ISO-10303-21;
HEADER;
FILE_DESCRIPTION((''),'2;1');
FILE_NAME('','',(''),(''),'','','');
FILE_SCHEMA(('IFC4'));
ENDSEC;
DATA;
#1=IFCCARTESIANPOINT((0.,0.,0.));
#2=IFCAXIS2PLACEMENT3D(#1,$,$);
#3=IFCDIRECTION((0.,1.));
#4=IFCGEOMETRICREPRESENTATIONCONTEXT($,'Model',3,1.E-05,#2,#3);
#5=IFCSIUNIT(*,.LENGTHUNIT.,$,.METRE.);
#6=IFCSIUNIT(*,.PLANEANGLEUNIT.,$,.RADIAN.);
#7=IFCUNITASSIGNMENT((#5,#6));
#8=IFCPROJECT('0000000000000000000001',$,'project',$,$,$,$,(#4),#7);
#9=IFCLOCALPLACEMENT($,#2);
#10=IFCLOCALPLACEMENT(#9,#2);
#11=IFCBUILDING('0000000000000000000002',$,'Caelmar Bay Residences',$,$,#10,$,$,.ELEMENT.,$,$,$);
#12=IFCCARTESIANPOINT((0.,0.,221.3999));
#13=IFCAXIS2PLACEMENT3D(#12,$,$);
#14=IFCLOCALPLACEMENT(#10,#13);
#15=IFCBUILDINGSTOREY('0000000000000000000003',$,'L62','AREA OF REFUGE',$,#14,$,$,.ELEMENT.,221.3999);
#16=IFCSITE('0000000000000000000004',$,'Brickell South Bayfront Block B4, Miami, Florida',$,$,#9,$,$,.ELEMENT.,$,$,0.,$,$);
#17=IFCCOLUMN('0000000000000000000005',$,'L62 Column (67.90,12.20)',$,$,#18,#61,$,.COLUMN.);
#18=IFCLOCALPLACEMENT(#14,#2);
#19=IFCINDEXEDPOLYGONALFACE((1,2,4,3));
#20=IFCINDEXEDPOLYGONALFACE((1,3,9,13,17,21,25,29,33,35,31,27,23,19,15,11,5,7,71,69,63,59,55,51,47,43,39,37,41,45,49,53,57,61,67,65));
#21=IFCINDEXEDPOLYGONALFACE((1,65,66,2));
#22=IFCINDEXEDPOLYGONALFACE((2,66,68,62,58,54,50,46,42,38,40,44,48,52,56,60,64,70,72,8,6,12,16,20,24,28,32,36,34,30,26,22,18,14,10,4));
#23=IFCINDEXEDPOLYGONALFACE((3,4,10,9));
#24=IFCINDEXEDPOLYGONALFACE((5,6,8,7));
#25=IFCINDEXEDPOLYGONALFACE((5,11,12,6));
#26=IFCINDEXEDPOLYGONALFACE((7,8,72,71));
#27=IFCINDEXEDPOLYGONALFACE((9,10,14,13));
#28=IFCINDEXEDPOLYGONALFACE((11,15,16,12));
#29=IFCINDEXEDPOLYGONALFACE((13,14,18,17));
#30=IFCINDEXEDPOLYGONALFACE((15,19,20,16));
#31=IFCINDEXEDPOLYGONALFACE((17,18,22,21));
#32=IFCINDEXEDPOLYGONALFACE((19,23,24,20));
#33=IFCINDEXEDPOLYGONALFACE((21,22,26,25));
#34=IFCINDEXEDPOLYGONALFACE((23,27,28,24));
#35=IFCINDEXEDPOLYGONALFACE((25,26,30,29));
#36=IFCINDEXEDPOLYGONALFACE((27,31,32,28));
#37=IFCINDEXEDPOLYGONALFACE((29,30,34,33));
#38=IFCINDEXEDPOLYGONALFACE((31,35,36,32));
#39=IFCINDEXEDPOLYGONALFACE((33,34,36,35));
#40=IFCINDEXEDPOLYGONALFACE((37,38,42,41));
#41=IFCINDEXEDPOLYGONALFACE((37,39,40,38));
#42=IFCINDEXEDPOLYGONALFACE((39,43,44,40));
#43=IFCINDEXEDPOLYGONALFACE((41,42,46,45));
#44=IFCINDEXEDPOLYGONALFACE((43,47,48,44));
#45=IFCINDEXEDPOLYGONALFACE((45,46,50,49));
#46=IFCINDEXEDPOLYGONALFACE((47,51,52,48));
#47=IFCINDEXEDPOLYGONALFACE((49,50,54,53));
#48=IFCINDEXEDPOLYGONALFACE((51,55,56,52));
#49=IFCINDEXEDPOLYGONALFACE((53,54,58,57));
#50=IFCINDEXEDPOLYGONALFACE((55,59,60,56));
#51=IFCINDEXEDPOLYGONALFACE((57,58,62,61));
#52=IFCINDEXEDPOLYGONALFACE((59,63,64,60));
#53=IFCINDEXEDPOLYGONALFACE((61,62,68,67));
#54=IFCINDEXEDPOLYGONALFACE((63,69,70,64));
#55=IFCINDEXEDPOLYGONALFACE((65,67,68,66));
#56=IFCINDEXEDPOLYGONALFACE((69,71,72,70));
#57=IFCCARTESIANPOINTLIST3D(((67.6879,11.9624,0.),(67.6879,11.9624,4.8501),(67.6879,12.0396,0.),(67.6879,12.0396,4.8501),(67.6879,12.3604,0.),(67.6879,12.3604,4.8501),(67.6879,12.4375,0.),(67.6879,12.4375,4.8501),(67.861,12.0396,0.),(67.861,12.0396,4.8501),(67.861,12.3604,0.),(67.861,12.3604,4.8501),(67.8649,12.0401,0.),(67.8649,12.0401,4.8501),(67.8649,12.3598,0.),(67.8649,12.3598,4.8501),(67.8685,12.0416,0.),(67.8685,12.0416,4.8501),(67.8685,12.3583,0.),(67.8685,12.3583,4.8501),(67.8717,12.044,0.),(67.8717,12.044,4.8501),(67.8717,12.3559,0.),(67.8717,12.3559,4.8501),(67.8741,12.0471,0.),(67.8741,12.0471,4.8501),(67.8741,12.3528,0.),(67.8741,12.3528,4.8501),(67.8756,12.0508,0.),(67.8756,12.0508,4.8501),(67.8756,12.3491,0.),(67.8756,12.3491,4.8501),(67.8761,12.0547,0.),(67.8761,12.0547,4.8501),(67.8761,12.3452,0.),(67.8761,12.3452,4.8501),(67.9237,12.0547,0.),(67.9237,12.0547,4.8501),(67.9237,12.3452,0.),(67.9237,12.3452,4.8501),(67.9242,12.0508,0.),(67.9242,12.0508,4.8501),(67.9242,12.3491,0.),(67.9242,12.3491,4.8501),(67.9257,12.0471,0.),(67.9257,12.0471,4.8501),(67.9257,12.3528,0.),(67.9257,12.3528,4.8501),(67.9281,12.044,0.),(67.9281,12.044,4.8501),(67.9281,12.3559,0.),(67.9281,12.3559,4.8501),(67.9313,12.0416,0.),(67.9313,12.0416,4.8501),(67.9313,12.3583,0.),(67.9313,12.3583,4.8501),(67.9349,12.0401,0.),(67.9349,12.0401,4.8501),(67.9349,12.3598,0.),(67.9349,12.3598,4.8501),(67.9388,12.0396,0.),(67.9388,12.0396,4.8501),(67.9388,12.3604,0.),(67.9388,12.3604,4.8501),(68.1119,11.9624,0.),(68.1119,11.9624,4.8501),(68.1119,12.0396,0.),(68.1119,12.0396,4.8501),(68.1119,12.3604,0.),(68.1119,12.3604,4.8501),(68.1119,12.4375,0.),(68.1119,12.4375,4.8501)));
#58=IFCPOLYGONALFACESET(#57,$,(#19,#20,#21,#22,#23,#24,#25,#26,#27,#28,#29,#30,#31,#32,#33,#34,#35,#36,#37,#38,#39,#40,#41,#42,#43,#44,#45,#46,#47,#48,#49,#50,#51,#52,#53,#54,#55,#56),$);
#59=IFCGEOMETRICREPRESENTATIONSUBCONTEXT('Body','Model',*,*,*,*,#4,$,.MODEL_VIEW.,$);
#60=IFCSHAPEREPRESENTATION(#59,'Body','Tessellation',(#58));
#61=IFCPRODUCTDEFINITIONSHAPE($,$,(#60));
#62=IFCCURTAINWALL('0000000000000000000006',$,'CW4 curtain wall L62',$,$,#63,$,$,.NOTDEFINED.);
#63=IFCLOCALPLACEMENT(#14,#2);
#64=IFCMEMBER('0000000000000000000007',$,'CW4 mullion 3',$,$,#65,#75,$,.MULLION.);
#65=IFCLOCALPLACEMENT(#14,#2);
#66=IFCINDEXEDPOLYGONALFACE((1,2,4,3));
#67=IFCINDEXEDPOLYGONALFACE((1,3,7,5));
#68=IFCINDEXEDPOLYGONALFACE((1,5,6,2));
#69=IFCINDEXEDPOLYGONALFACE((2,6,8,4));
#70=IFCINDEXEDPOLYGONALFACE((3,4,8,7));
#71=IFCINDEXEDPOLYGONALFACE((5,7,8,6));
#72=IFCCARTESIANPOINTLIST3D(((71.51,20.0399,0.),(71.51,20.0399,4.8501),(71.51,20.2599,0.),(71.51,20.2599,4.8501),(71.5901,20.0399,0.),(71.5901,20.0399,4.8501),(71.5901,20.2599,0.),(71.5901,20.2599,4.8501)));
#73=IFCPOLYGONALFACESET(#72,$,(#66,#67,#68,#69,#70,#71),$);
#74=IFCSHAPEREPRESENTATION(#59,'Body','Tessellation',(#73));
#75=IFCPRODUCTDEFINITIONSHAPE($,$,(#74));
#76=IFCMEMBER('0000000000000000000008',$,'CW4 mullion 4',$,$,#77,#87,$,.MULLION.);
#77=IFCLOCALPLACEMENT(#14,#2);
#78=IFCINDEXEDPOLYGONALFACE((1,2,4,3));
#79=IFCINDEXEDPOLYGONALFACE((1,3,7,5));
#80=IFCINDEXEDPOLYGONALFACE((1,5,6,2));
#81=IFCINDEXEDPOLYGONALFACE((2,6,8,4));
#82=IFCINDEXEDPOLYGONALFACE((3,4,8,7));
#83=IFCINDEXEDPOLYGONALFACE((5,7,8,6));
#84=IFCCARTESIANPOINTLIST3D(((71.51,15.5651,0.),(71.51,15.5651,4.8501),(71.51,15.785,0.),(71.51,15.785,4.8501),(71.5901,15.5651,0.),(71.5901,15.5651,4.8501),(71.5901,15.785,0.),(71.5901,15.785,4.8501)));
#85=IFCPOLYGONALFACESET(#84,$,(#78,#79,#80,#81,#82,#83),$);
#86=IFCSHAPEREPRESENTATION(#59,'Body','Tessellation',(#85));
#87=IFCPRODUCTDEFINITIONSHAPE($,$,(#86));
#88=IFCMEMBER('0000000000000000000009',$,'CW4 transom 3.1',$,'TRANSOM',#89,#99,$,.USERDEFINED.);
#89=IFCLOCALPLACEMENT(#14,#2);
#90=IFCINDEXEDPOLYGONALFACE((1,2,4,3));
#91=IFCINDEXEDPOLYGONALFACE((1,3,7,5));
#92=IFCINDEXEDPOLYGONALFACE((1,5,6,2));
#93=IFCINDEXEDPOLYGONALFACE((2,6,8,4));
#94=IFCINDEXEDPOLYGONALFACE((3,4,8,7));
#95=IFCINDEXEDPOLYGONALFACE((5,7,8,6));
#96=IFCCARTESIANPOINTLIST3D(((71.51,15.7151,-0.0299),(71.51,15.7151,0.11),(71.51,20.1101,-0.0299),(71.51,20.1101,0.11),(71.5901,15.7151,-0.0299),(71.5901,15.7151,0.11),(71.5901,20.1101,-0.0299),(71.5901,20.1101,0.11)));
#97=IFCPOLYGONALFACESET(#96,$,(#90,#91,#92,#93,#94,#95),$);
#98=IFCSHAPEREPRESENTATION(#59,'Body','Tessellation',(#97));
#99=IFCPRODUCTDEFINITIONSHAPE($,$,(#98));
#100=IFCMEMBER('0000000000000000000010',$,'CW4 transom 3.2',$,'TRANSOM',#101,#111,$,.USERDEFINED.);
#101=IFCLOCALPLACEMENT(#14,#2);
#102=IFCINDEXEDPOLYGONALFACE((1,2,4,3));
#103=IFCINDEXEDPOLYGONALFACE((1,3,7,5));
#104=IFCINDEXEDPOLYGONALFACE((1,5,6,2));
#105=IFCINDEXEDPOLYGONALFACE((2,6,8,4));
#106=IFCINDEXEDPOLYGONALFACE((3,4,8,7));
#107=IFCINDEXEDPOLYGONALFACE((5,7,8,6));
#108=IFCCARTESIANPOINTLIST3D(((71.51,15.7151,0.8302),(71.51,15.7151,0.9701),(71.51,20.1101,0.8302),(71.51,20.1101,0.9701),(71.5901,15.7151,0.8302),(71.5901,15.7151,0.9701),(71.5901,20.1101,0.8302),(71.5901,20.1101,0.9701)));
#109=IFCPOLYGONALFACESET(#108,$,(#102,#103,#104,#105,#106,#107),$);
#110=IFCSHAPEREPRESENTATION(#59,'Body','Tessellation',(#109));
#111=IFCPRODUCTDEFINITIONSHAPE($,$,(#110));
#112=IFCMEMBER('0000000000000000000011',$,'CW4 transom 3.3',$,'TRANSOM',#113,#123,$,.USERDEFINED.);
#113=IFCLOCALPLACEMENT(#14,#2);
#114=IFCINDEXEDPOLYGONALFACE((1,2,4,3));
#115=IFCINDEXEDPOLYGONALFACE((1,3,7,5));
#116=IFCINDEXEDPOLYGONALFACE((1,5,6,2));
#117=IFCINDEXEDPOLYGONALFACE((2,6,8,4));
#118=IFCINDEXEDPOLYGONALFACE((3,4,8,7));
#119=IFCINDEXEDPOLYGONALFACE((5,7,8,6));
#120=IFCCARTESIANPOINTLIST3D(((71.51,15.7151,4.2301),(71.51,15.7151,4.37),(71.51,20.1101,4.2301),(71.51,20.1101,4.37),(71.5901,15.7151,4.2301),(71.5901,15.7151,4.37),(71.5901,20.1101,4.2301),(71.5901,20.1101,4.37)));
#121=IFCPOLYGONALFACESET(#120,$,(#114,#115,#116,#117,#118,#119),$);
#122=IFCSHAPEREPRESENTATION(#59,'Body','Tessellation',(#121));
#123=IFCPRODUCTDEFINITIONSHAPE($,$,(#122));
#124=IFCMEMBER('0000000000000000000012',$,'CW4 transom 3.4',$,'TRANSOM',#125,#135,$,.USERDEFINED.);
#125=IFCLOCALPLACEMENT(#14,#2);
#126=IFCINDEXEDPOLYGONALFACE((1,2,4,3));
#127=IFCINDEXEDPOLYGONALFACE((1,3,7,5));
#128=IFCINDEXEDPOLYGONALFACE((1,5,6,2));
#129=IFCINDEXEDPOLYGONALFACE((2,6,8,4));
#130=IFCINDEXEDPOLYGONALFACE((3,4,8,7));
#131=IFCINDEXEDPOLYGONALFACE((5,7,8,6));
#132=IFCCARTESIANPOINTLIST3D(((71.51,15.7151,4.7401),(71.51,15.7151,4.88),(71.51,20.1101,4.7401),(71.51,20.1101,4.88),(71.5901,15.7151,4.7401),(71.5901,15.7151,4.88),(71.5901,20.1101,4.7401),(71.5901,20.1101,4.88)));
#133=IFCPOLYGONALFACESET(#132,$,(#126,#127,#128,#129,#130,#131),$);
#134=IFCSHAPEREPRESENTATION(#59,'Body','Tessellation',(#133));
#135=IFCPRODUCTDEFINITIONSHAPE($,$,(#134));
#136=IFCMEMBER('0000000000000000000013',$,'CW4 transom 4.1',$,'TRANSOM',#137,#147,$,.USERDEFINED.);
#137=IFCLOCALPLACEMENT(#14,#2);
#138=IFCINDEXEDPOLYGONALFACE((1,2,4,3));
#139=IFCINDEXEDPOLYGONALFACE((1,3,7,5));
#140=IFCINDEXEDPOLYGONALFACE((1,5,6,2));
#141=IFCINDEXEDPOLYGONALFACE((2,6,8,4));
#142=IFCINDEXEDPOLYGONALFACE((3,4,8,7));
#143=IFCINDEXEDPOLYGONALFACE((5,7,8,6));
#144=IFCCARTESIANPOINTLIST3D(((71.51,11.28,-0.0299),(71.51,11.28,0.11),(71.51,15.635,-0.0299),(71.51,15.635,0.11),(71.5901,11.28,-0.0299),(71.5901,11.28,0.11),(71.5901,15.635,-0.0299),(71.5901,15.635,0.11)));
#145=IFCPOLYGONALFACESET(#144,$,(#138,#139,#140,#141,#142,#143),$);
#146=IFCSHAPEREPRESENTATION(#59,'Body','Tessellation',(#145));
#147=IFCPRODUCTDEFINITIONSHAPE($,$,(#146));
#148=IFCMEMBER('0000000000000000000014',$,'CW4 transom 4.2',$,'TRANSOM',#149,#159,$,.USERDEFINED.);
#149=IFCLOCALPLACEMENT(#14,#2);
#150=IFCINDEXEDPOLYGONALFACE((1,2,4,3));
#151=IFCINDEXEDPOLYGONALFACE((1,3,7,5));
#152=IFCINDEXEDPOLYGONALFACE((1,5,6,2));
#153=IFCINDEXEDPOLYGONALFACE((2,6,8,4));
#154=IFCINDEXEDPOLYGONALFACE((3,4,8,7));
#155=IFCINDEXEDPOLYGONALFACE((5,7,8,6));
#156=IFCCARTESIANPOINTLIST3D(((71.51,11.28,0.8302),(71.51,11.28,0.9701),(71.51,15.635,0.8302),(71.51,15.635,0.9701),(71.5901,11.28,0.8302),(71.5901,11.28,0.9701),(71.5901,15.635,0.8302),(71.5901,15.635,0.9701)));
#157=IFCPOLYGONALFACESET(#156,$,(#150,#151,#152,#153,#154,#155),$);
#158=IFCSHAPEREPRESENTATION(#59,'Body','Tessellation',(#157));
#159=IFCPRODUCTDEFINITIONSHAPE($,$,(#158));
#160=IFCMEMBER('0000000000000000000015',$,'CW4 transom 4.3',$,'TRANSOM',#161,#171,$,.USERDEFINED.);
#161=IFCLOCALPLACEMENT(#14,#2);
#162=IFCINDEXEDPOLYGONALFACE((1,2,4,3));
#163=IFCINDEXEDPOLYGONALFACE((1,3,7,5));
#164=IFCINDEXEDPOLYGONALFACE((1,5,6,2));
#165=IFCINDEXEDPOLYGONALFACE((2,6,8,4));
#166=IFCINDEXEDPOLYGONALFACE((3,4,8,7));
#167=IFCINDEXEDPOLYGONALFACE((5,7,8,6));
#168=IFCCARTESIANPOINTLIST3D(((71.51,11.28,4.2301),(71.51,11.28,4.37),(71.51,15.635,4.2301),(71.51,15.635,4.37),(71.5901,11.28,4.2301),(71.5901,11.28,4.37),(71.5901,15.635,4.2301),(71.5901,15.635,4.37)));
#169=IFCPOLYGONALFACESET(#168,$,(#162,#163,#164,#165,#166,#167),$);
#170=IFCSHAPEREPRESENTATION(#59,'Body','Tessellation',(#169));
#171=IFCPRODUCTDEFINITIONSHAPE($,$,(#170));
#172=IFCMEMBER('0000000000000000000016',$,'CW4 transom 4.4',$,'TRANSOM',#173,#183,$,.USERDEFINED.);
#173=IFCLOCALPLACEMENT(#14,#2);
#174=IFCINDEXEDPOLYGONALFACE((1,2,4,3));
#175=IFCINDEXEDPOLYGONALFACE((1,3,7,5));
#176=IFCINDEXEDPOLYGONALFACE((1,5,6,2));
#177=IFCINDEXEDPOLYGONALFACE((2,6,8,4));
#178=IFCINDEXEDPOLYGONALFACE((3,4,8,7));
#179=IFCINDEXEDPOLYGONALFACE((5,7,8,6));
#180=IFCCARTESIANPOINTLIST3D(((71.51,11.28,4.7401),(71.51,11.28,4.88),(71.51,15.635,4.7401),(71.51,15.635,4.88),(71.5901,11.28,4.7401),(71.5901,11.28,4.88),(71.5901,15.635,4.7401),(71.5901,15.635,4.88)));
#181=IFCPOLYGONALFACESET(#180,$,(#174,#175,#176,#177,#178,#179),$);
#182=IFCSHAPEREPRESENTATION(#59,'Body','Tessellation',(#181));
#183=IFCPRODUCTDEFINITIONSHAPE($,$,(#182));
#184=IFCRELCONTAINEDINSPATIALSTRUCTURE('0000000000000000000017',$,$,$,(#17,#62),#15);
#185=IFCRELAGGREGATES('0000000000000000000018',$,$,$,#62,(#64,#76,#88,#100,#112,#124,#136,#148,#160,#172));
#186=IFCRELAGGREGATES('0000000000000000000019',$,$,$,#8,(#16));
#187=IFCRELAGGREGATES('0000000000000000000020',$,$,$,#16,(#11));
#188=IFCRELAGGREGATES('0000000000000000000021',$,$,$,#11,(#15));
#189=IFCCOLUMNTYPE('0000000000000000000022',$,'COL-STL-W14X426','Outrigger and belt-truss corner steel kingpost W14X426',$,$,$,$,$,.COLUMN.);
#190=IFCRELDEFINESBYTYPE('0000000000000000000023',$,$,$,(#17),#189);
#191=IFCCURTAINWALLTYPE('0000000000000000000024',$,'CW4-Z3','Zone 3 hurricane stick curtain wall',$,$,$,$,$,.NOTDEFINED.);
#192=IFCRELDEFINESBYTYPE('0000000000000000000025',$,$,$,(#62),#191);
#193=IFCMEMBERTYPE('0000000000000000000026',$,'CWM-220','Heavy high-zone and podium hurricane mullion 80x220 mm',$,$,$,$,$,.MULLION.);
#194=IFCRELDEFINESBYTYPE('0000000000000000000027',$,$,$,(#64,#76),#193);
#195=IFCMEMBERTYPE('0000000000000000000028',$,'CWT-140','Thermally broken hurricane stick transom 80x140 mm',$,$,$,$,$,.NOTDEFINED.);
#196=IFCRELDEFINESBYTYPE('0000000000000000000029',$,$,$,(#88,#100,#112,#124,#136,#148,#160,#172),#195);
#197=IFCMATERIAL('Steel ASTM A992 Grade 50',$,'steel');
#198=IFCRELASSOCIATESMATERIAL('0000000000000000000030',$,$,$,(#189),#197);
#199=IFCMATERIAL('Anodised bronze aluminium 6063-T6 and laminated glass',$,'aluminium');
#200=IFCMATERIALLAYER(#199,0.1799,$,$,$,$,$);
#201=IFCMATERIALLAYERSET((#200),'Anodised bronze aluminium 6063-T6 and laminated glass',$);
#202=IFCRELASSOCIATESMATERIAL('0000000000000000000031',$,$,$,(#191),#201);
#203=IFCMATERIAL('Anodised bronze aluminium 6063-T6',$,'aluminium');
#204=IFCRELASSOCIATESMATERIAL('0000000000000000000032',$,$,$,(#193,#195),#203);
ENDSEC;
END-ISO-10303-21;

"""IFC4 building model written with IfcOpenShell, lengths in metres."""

from ifc_helpers import new_model, si_unit, direction, frame, origin, origin_2d, place, context, subcontext, project, spatial, rectangle, i_section, extrude, material, layer, layer_set, material_profile, profile_set, type_object, element, aggregate, save


model = new_model("IFC4")

# Units and contexts
model_context = context("Model", 3, precision=1e-05, world=origin(), true_north=direction((0.0, 1.0)))
body_context = subcontext(model_context, "Body", "Model", "MODEL_VIEW")
ifc_project = project(units=[si_unit("LENGTHUNIT", "METRE"), si_unit("PLANEANGLEUNIT", "RADIAN")], contexts=[model_context])

# Site, building, storey
site_placement = place(None, origin())
site = spatial("IfcSite", under=ifc_project, at=site_placement, Name="Brickell South Bayfront Block B4, Miami, Florida", CompositionType="ELEMENT", RefElevation=0.0)
building_placement = place(site_placement, origin())
building = spatial("IfcBuilding", under=site, at=building_placement, Name="Caelmar Bay Residences", CompositionType="ELEMENT")
storey_placement = place(building_placement, frame((0.0, 0.0, 221.3999)))
storey = spatial("IfcBuildingStorey", under=building, at=storey_placement, Name="L62", Description="AREA OF REFUGE", CompositionType="ELEMENT", Elevation=221.3999)

# Column
ifc_material_1 = material(Name="Steel ASTM A992 Grade 50", Category="steel")
ifc_material_profile_1 = material_profile(ifc_material_1, i_section(OverallWidth=0.4241, OverallDepth=0.4751, WebThickness=0.0476, FlangeThickness=0.0771, FilletRadius=0.0151, at=origin_2d()), Name="W14X426")
ifc_profile_set_1 = profile_set([ifc_material_profile_1], Name="Steel ASTM A992 Grade 50")
column_type = type_object("IfcColumnType", Name="COL-STL-W14X426", Description="Outrigger and belt-truss corner steel kingpost W14X426", PredefinedType="COLUMN", material=ifc_profile_set_1)
column_placement = place(storey_placement, frame((67.8999, 12.2, 0.0), z_axis=(0.0, 0.0, 1.0), x_axis=(1.0, 0.0, 0.0)))
element("IfcColumn", 1, at=column_placement, inside=storey, type_object=column_type, Name="L62 Column (67.90,12.20)", PredefinedType="COLUMN", context=body_context, shape_type="SweptSolid", body=[
    extrude(i_section(OverallWidth=0.4241, OverallDepth=0.4751, WebThickness=0.0476, FlangeThickness=0.0771, FilletRadius=0.0151, at=origin_2d()), origin(), (0.0, 0.0, 1.0), 4.8501),
])

# Curtain wall, members
ifc_material_2 = material(Name="Anodised bronze aluminium 6063-T6 and laminated glass", Category="aluminium")
ifc_layer_1 = layer(ifc_material_2, 0.1799)
ifc_layer_set_1 = layer_set([ifc_layer_1], Name="Anodised bronze aluminium 6063-T6 and laminated glass")
curtain_wall_type = type_object("IfcCurtainWallType", Name="CW4-Z3", Description="Zone 3 hurricane stick curtain wall", PredefinedType="NOTDEFINED", material=ifc_layer_set_1)
curtain_wall_placement = place(storey_placement, origin())
curtain_wall = element("IfcCurtainWall", 2, at=curtain_wall_placement, inside=storey, type_object=curtain_wall_type, Name="CW4 curtain wall L62", PredefinedType="NOTDEFINED")
ifc_material_3 = material(Name="Anodised bronze aluminium 6063-T6", Category="aluminium")
ifc_material_profile_2 = material_profile(ifc_material_3, rectangle(XDim=0.0801, YDim=0.22, at=origin_2d()), Name="CWM-80X220")
ifc_profile_set_2 = profile_set([ifc_material_profile_2], Name="Anodised bronze aluminium 6063-T6")
member_type_1 = type_object("IfcMemberType", Name="CWM-220", Description="Heavy high-zone and podium hurricane mullion 80x220 mm", PredefinedType="MULLION", material=ifc_profile_set_2)
member_1_placement = place(storey_placement, frame((71.55, 20.1499, 0.0), z_axis=(0.0, 0.0, 1.0), x_axis=(1.0, 0.0, 0.0)))
member_1 = element("IfcMember", 3, at=member_1_placement, type_object=member_type_1, Name="CW4 mullion 3", PredefinedType="MULLION", context=body_context, shape_type="SweptSolid", body=[
    extrude(rectangle(XDim=0.0801, YDim=0.22, at=origin_2d()), origin(), (0.0, 0.0, 1.0), 4.8501),
])
member_2_placement = place(storey_placement, frame((71.55, 15.675, 0.0), z_axis=(0.0, 0.0, 1.0), x_axis=(1.0, 0.0, 0.0)))
member_2 = element("IfcMember", 4, at=member_2_placement, type_object=member_type_1, Name="CW4 mullion 4", PredefinedType="MULLION", context=body_context, shape_type="SweptSolid", body=[
    extrude(rectangle(XDim=0.0801, YDim=0.22, at=origin_2d()), origin(), (0.0, 0.0, 1.0), 4.8501),
])
ifc_material_profile_3 = material_profile(ifc_material_3, rectangle(XDim=0.0801, YDim=0.1399, at=origin_2d()), Name="CWT-80X140")
ifc_profile_set_3 = profile_set([ifc_material_profile_3], Name="Anodised bronze aluminium 6063-T6")
member_type_2 = type_object("IfcMemberType", Name="CWT-140", Description="Thermally broken hurricane stick transom 80x140 mm", PredefinedType="NOTDEFINED", material=ifc_profile_set_3)
member_3_placement = place(storey_placement, frame((71.55, 20.1101, 0.04), z_axis=(0.0, -1.0, 0.0), x_axis=(1.0, 0.0, 0.0)))
member_3 = element("IfcMember", 5, at=member_3_placement, type_object=member_type_2, Name="CW4 transom 3.1", ObjectType="TRANSOM", PredefinedType="USERDEFINED", context=body_context, shape_type="SweptSolid", body=[
    extrude(rectangle(XDim=0.0801, YDim=0.1399, at=origin_2d()), origin(), (0.0, 0.0, 1.0), 4.395),
])
member_4_placement = place(storey_placement, frame((71.55, 20.1101, 0.9001), z_axis=(0.0, -1.0, 0.0), x_axis=(1.0, 0.0, 0.0)))
member_4 = element("IfcMember", 6, at=member_4_placement, type_object=member_type_2, Name="CW4 transom 3.2", ObjectType="TRANSOM", PredefinedType="USERDEFINED", context=body_context, shape_type="SweptSolid", body=[
    extrude(rectangle(XDim=0.0801, YDim=0.1399, at=origin_2d()), origin(), (0.0, 0.0, 1.0), 4.395),
])
member_5_placement = place(storey_placement, frame((71.55, 20.1101, 4.3), z_axis=(0.0, -1.0, 0.0), x_axis=(1.0, 0.0, 0.0)))
member_5 = element("IfcMember", 7, at=member_5_placement, type_object=member_type_2, Name="CW4 transom 3.3", ObjectType="TRANSOM", PredefinedType="USERDEFINED", context=body_context, shape_type="SweptSolid", body=[
    extrude(rectangle(XDim=0.0801, YDim=0.1399, at=origin_2d()), origin(), (0.0, 0.0, 1.0), 4.395),
])
member_6_placement = place(storey_placement, frame((71.55, 20.1101, 4.8101), z_axis=(0.0, -1.0, 0.0), x_axis=(1.0, 0.0, 0.0)))
member_6 = element("IfcMember", 8, at=member_6_placement, type_object=member_type_2, Name="CW4 transom 3.4", ObjectType="TRANSOM", PredefinedType="USERDEFINED", context=body_context, shape_type="SweptSolid", body=[
    extrude(rectangle(XDim=0.0801, YDim=0.1399, at=origin_2d()), origin(), (0.0, 0.0, 1.0), 4.395),
])
member_7_placement = place(storey_placement, frame((71.55, 15.635, 0.04), z_axis=(0.0, -1.0, 0.0), x_axis=(1.0, 0.0, 0.0)))
member_7 = element("IfcMember", 9, at=member_7_placement, type_object=member_type_2, Name="CW4 transom 4.1", ObjectType="TRANSOM", PredefinedType="USERDEFINED", context=body_context, shape_type="SweptSolid", body=[
    extrude(rectangle(XDim=0.0801, YDim=0.1399, at=origin_2d()), origin(), (0.0, 0.0, 1.0), 4.355),
])
member_8_placement = place(storey_placement, frame((71.55, 15.635, 0.9001), z_axis=(0.0, -1.0, 0.0), x_axis=(1.0, 0.0, 0.0)))
member_8 = element("IfcMember", 10, at=member_8_placement, type_object=member_type_2, Name="CW4 transom 4.2", ObjectType="TRANSOM", PredefinedType="USERDEFINED", context=body_context, shape_type="SweptSolid", body=[
    extrude(rectangle(XDim=0.0801, YDim=0.1399, at=origin_2d()), origin(), (0.0, 0.0, 1.0), 4.355),
])
member_9_placement = place(storey_placement, frame((71.55, 15.635, 4.3), z_axis=(0.0, -1.0, 0.0), x_axis=(1.0, 0.0, 0.0)))
member_9 = element("IfcMember", 11, at=member_9_placement, type_object=member_type_2, Name="CW4 transom 4.3", ObjectType="TRANSOM", PredefinedType="USERDEFINED", context=body_context, shape_type="SweptSolid", body=[
    extrude(rectangle(XDim=0.0801, YDim=0.1399, at=origin_2d()), origin(), (0.0, 0.0, 1.0), 4.355),
])
member_10_placement = place(storey_placement, frame((71.55, 15.635, 4.8101), z_axis=(0.0, -1.0, 0.0), x_axis=(1.0, 0.0, 0.0)))
member_10 = element("IfcMember", 12, at=member_10_placement, type_object=member_type_2, Name="CW4 transom 4.4", ObjectType="TRANSOM", PredefinedType="USERDEFINED", context=body_context, shape_type="SweptSolid", body=[
    extrude(rectangle(XDim=0.0801, YDim=0.1399, at=origin_2d()), origin(), (0.0, 0.0, 1.0), 4.355),
])

aggregate(curtain_wall, [member_1, member_2, member_3, member_4, member_5, member_6, member_7, member_8, member_9, member_10])

save(model, "model.ifc")
